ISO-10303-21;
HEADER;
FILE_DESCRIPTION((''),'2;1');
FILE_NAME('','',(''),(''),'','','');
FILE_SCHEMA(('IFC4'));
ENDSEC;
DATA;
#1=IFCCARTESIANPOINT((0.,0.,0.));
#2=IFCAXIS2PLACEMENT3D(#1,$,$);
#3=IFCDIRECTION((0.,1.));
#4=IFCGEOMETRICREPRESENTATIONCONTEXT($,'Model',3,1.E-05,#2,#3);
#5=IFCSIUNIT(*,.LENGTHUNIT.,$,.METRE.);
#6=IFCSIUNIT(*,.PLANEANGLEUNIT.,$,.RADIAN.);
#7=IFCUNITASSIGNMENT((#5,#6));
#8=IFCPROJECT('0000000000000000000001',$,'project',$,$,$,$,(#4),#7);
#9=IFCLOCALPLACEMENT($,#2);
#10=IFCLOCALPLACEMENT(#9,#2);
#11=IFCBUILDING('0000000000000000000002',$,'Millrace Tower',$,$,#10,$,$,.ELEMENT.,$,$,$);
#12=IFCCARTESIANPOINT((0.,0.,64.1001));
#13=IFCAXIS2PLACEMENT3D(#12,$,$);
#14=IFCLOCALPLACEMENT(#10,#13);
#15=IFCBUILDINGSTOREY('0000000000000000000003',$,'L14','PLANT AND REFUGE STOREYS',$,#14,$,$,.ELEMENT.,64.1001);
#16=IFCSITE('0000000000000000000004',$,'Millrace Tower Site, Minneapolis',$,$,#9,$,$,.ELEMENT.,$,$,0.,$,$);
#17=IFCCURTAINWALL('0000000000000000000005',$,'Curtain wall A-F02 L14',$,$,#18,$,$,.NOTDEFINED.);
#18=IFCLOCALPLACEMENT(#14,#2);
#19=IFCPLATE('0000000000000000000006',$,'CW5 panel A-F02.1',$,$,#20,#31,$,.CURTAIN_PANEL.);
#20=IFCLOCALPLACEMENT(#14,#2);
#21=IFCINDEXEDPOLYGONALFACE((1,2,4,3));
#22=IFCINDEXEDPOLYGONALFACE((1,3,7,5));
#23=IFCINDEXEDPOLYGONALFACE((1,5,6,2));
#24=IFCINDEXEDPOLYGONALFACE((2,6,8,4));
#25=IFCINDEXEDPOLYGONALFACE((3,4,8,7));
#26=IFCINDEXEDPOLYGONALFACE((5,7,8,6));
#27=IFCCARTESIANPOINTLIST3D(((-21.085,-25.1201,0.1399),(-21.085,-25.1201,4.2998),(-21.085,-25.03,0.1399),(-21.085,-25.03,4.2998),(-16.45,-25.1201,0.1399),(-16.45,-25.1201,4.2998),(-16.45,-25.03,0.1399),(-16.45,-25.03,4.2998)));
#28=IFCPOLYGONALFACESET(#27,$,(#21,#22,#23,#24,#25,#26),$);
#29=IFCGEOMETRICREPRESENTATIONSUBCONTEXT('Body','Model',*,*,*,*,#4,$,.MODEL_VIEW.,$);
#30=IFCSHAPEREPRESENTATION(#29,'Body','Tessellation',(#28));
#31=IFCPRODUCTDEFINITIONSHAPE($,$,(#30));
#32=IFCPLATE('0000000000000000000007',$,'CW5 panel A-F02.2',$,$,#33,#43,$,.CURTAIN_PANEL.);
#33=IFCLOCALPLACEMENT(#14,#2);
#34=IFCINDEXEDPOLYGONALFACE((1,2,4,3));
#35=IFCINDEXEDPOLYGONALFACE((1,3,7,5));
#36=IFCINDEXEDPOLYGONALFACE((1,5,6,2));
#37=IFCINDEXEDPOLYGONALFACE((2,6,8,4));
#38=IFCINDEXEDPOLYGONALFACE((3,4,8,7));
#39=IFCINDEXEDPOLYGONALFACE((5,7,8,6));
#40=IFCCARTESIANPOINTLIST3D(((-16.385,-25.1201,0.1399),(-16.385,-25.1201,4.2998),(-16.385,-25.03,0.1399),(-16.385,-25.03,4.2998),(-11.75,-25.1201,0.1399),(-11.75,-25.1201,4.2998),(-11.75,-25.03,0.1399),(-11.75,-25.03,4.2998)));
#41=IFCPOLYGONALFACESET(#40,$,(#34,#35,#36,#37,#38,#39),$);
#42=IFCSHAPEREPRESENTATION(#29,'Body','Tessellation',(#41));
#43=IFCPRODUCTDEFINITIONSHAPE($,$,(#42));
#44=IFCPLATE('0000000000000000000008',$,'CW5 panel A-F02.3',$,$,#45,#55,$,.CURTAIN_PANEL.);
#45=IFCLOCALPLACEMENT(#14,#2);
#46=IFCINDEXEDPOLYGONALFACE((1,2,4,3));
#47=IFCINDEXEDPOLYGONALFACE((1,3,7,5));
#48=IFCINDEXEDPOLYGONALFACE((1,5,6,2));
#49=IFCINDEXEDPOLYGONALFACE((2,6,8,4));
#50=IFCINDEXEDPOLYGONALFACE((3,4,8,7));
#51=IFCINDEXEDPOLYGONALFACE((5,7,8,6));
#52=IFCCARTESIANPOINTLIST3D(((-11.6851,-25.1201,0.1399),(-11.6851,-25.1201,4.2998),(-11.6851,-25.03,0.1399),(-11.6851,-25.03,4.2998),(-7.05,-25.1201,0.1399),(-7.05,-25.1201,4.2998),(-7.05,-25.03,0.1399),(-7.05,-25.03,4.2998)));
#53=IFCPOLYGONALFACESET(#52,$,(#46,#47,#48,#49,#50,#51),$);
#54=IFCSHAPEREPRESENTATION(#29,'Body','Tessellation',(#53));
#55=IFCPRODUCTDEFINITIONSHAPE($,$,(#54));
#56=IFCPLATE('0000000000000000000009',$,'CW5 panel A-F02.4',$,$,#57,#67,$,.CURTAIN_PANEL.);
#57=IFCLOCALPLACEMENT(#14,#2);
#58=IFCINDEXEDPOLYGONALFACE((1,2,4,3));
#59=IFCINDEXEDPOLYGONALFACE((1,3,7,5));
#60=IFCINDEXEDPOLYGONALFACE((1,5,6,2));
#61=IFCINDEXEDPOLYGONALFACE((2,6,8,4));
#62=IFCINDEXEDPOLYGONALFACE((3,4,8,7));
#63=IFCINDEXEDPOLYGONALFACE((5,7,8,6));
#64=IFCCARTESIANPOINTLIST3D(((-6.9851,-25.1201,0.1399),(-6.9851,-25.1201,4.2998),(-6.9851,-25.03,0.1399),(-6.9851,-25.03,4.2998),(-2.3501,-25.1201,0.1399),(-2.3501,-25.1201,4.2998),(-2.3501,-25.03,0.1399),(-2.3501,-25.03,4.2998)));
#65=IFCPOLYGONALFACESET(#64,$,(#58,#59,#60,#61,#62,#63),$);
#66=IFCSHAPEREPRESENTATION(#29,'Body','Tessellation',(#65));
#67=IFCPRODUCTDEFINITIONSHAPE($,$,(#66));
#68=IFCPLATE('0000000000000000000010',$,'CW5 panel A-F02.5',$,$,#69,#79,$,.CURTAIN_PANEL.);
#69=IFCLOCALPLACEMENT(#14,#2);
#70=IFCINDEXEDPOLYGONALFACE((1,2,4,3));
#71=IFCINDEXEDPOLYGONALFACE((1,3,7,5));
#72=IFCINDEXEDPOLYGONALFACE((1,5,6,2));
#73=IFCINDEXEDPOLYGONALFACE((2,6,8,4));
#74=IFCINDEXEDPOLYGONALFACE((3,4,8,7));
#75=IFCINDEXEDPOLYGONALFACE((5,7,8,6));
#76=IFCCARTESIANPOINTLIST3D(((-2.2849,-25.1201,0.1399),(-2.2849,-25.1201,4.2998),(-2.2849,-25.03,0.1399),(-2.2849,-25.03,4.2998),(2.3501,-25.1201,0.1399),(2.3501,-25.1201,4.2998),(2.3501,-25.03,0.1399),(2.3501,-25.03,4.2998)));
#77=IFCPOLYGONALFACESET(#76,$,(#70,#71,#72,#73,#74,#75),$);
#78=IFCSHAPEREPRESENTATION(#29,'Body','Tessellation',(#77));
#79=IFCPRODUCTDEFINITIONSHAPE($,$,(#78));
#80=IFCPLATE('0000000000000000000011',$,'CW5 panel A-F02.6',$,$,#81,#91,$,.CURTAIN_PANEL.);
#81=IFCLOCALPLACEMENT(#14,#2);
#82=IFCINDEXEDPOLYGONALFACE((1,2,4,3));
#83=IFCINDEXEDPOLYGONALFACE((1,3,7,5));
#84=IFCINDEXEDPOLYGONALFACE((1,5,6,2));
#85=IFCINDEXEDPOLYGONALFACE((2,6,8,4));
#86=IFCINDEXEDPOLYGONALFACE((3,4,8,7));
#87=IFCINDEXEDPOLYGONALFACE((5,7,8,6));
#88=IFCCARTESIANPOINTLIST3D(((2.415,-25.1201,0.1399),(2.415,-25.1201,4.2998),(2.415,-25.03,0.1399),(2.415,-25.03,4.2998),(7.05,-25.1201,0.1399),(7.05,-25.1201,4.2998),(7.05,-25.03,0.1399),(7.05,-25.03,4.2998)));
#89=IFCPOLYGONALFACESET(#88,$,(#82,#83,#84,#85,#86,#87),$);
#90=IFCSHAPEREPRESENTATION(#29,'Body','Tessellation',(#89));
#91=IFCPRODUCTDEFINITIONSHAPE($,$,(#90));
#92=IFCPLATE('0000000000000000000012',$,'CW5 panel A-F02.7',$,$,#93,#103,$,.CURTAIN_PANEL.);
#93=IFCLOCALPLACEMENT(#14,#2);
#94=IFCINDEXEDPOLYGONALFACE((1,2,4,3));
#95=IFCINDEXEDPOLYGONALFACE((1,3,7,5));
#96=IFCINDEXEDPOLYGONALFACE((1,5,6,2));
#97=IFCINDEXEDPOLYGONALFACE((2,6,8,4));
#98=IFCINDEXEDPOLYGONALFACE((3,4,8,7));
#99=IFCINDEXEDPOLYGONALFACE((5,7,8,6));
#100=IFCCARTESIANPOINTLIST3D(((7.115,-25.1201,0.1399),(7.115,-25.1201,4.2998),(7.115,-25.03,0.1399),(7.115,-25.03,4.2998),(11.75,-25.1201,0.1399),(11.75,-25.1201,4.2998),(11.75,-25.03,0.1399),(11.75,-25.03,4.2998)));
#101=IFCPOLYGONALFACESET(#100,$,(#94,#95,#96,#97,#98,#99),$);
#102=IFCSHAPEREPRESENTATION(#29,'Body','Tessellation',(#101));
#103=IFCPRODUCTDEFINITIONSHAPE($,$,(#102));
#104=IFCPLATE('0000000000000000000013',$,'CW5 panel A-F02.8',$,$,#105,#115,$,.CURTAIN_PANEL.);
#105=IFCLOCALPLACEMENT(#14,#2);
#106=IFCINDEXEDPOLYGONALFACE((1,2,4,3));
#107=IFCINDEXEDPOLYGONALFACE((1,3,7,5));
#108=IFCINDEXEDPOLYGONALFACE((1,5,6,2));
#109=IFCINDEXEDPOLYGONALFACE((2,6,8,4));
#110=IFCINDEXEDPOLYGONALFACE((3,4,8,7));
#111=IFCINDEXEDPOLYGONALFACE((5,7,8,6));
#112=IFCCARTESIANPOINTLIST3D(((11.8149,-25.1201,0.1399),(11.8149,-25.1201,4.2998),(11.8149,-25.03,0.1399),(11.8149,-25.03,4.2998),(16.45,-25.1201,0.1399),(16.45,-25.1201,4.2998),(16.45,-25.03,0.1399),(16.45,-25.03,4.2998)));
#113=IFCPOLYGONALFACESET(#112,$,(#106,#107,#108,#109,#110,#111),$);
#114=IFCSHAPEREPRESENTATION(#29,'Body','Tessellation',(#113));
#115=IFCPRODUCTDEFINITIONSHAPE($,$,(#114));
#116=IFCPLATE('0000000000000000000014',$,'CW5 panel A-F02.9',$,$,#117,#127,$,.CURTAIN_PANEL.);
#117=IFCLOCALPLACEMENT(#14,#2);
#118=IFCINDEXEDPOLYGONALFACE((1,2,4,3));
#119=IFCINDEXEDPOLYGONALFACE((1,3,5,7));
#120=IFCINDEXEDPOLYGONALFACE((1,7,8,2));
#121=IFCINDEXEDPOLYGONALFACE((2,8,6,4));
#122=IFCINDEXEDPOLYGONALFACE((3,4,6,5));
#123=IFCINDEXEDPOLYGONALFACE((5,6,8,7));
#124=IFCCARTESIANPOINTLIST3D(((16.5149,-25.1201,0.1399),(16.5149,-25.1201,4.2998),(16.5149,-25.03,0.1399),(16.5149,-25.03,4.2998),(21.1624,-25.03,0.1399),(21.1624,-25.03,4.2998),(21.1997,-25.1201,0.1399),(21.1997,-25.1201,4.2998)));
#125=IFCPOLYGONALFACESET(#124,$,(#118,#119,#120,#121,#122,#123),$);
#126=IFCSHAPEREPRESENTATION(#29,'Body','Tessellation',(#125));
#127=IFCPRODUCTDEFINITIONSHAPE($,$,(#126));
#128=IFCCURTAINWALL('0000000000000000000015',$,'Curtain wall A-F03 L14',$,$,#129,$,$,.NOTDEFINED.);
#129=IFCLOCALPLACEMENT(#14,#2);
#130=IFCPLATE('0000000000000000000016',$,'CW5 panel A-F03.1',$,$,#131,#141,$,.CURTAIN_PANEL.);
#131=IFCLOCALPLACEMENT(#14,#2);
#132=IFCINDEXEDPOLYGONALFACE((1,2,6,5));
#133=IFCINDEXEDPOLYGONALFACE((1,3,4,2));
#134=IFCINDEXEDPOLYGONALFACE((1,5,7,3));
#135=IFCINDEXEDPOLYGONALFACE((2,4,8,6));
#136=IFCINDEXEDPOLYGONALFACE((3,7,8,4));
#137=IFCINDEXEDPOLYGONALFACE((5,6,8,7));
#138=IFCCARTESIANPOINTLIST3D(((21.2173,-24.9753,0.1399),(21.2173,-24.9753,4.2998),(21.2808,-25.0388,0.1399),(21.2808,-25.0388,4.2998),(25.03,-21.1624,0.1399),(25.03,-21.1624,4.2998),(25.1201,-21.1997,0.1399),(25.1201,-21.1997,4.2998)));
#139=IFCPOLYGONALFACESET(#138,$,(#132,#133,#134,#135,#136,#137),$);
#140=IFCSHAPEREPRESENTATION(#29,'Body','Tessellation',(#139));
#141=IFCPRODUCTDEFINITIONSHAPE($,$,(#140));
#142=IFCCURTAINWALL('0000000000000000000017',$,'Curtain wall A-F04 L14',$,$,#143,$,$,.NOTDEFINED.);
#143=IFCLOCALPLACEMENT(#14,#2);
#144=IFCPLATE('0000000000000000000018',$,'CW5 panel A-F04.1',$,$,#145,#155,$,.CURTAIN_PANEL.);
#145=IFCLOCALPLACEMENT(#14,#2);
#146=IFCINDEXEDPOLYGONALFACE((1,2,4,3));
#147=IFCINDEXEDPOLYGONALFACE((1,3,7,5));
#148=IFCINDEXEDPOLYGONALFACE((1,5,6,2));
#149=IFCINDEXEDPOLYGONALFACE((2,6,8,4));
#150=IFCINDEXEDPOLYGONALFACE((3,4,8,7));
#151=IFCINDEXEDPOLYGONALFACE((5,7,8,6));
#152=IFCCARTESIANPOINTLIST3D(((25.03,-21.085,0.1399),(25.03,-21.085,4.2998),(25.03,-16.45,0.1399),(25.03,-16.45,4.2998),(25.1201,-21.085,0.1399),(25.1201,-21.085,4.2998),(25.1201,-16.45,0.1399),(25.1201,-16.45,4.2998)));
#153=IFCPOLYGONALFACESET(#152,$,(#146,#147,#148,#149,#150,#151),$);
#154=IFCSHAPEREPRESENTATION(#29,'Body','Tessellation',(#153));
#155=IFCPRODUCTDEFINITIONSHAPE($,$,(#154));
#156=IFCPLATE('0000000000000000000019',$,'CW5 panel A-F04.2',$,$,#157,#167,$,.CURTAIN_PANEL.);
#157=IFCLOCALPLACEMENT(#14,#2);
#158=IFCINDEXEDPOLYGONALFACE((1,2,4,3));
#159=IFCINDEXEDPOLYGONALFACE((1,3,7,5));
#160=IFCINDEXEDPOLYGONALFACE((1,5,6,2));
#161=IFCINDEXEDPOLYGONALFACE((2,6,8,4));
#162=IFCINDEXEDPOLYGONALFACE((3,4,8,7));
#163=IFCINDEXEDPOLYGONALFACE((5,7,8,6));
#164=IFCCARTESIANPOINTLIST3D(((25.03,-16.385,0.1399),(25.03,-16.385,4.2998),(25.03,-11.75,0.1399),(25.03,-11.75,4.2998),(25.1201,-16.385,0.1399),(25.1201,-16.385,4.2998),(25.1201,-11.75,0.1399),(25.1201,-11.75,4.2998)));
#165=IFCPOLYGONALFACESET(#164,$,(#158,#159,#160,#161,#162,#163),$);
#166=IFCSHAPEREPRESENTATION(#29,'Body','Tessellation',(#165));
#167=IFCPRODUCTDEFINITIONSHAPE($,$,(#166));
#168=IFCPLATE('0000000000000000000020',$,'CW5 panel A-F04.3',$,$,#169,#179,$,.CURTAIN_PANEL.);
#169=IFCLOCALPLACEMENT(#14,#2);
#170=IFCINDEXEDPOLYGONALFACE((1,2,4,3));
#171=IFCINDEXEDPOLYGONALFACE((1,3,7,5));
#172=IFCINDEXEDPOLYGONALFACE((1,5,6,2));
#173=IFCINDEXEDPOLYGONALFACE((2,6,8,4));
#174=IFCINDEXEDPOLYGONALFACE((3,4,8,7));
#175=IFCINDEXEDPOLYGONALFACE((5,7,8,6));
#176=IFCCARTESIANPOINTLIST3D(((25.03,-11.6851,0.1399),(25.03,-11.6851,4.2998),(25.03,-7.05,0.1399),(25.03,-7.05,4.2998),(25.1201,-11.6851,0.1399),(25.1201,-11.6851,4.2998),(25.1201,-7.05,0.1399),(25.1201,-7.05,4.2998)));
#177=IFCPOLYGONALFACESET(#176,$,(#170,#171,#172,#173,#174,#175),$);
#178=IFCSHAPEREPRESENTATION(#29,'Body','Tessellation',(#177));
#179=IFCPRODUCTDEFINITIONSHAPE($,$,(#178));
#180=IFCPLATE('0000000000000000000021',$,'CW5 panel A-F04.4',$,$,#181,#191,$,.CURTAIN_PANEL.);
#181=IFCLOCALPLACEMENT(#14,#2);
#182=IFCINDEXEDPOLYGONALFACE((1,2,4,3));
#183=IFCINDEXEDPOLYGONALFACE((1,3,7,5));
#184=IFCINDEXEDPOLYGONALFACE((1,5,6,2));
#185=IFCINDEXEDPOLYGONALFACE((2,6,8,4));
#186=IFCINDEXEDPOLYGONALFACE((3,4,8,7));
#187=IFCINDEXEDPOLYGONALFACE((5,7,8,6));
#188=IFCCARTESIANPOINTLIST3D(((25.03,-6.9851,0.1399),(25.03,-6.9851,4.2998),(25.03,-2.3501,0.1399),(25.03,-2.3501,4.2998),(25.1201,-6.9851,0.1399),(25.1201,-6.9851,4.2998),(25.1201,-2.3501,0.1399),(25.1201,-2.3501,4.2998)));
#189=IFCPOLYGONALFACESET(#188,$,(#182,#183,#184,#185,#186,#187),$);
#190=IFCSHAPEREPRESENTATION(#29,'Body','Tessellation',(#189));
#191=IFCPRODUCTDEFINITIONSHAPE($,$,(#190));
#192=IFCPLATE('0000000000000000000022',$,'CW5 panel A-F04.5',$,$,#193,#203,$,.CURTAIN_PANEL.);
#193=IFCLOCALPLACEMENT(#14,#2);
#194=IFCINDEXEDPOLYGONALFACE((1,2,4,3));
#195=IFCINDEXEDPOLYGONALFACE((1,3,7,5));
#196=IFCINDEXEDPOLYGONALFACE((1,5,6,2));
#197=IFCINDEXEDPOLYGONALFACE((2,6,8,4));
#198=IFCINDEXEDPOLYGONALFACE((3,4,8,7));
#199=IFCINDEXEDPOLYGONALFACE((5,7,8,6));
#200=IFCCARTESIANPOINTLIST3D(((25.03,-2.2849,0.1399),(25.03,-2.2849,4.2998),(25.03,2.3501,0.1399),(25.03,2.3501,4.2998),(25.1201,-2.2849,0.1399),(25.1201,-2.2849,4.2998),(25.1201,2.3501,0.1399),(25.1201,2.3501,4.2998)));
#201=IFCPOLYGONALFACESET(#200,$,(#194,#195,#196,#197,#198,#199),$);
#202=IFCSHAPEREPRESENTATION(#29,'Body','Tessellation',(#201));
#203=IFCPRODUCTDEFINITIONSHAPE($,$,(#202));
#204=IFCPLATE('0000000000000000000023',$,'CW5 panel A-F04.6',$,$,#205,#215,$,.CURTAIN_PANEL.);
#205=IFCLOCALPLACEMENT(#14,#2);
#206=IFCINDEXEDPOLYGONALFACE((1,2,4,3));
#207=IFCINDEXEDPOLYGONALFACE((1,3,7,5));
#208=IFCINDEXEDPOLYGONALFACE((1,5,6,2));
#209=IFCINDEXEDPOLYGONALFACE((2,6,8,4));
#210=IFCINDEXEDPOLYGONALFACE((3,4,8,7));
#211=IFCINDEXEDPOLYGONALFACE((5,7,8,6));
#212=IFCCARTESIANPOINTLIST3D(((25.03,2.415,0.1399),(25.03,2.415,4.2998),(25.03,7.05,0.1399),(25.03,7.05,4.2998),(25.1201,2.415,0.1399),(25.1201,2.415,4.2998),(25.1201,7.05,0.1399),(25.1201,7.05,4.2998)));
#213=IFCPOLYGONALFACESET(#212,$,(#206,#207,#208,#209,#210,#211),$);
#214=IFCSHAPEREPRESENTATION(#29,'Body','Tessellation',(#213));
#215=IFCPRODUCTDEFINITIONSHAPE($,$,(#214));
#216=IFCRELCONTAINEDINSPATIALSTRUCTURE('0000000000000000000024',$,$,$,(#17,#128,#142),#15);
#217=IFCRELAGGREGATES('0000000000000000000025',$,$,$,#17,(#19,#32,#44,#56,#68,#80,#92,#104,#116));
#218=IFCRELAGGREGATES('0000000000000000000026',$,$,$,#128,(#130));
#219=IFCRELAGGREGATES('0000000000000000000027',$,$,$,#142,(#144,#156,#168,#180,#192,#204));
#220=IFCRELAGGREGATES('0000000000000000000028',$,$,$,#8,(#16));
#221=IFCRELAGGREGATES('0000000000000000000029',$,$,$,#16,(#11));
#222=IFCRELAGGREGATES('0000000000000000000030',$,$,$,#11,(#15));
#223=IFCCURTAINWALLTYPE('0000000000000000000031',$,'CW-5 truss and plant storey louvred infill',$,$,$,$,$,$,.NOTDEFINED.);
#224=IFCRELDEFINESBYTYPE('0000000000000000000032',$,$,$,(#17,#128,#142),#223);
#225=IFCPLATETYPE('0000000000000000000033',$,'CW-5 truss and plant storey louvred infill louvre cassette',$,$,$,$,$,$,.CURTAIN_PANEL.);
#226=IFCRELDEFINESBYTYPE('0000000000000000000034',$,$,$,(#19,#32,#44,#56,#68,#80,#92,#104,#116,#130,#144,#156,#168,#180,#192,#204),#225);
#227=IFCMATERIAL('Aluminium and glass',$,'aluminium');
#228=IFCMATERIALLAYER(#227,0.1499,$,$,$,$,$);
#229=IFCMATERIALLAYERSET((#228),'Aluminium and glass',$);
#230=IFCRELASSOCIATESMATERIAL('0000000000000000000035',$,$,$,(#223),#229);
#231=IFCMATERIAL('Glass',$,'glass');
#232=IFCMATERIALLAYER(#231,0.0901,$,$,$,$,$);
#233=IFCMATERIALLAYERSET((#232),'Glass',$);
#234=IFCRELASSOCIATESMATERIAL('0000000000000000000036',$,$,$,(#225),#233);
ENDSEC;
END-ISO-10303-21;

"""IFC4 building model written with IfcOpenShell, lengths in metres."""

from ifc_helpers import new_model, si_unit, direction, frame, origin, place, context, subcontext, project, spatial, polyline, outline, extrude, material, layer, layer_set, type_object, element, aggregate, save


model = new_model("IFC4")

# Units and contexts
model_context = context("Model", 3, precision=1e-05, world=origin(), true_north=direction((0.0, 1.0)))
body_context = subcontext(model_context, "Body", "Model", "MODEL_VIEW")
ifc_project = project(units=[si_unit("LENGTHUNIT", "METRE"), si_unit("PLANEANGLEUNIT", "RADIAN")], contexts=[model_context])

# Site, building, storey
site_placement = place(None, origin())
site = spatial("IfcSite", under=ifc_project, at=site_placement, Name="Millrace Tower Site, Minneapolis", CompositionType="ELEMENT", RefElevation=0.0)
building_placement = place(site_placement, origin())
building = spatial("IfcBuilding", under=site, at=building_placement, Name="Millrace Tower", CompositionType="ELEMENT")
storey_placement = place(building_placement, frame((0.0, 0.0, 64.1001)))
storey = spatial("IfcBuildingStorey", under=building, at=storey_placement, Name="L14", Description="PLANT AND REFUGE STOREYS", CompositionType="ELEMENT", Elevation=64.1001)

# Curtain wall, plates
ifc_material_1 = material(Name="Aluminium and glass", Category="aluminium")
ifc_layer_1 = layer(ifc_material_1, 0.1499)
ifc_layer_set_1 = layer_set([ifc_layer_1], Name="Aluminium and glass")
curtain_wall_type = type_object("IfcCurtainWallType", Name="CW-5 truss and plant storey louvred infill", PredefinedType="NOTDEFINED", material=ifc_layer_set_1)
placement_1 = place(storey_placement, origin())
curtain_wall_1 = element("IfcCurtainWall", 1, at=placement_1, inside=storey, type_object=curtain_wall_type, Name="Curtain wall A-F02 L14", PredefinedType="NOTDEFINED")
ifc_material_2 = material(Name="Glass", Category="glass")
ifc_layer_2 = layer(ifc_material_2, 0.0901)
ifc_layer_set_2 = layer_set([ifc_layer_2], Name="Glass")
plate_type = type_object("IfcPlateType", Name="CW-5 truss and plant storey louvred infill louvre cassette", PredefinedType="CURTAIN_PANEL", material=ifc_layer_set_2)
placement_2 = place(storey_placement, frame((0.0, 0.0, 0.1399)))
plate_1 = element("IfcPlate", 2, at=placement_2, type_object=plate_type, Name="CW5 panel A-F02.1", PredefinedType="CURTAIN_PANEL", context=body_context, shape_type="SweptSolid", body=[
    extrude(outline(polyline([(-21.085, -25.1201), (-16.45, -25.1201), (-16.45, -25.03), (-21.085, -25.03), (-21.085, -25.1201)])), origin(), (0.0, 0.0, 1.0), 4.1599),
])
plate_2 = element("IfcPlate", 3, at=placement_2, type_object=plate_type, Name="CW5 panel A-F02.2", PredefinedType="CURTAIN_PANEL", context=body_context, shape_type="SweptSolid", body=[
    extrude(outline(polyline([(-16.385, -25.1201), (-11.75, -25.1201), (-11.75, -25.03), (-16.385, -25.03), (-16.385, -25.1201)])), origin(), (0.0, 0.0, 1.0), 4.1599),
])
plate_3 = element("IfcPlate", 4, at=placement_2, type_object=plate_type, Name="CW5 panel A-F02.3", PredefinedType="CURTAIN_PANEL", context=body_context, shape_type="SweptSolid", body=[
    extrude(outline(polyline([(-11.6851, -25.1201), (-7.05, -25.1201), (-7.05, -25.03), (-11.6851, -25.03), (-11.6851, -25.1201)])), origin(), (0.0, 0.0, 1.0), 4.1599),
])
plate_4 = element("IfcPlate", 5, at=placement_2, type_object=plate_type, Name="CW5 panel A-F02.4", PredefinedType="CURTAIN_PANEL", context=body_context, shape_type="SweptSolid", body=[
    extrude(outline(polyline([(-6.9851, -25.1201), (-2.3501, -25.1201), (-2.3501, -25.03), (-6.9851, -25.03), (-6.9851, -25.1201)])), origin(), (0.0, 0.0, 1.0), 4.1599),
])
plate_5 = element("IfcPlate", 6, at=placement_2, type_object=plate_type, Name="CW5 panel A-F02.5", PredefinedType="CURTAIN_PANEL", context=body_context, shape_type="SweptSolid", body=[
    extrude(outline(polyline([(-2.2849, -25.1201), (2.3501, -25.1201), (2.3501, -25.03), (-2.2849, -25.03), (-2.2849, -25.1201)])), origin(), (0.0, 0.0, 1.0), 4.1599),
])
plate_6 = element("IfcPlate", 7, at=placement_2, type_object=plate_type, Name="CW5 panel A-F02.6", PredefinedType="CURTAIN_PANEL", context=body_context, shape_type="SweptSolid", body=[
    extrude(outline(polyline([(2.415, -25.1201), (7.05, -25.1201), (7.05, -25.03), (2.415, -25.03), (2.415, -25.1201)])), origin(), (0.0, 0.0, 1.0), 4.1599),
])
plate_7 = element("IfcPlate", 8, at=placement_2, type_object=plate_type, Name="CW5 panel A-F02.7", PredefinedType="CURTAIN_PANEL", context=body_context, shape_type="SweptSolid", body=[
    extrude(outline(polyline([(7.115, -25.1201), (11.75, -25.1201), (11.75, -25.03), (7.115, -25.03), (7.115, -25.1201)])), origin(), (0.0, 0.0, 1.0), 4.1599),
])
plate_8 = element("IfcPlate", 9, at=placement_2, type_object=plate_type, Name="CW5 panel A-F02.8", PredefinedType="CURTAIN_PANEL", context=body_context, shape_type="SweptSolid", body=[
    extrude(outline(polyline([(11.8149, -25.1201), (16.45, -25.1201), (16.45, -25.03), (11.8149, -25.03), (11.8149, -25.1201)])), origin(), (0.0, 0.0, 1.0), 4.1599),
])
plate_9 = element("IfcPlate", 10, at=placement_2, type_object=plate_type, Name="CW5 panel A-F02.9", PredefinedType="CURTAIN_PANEL", context=body_context, shape_type="SweptSolid", body=[
    extrude(outline(polyline([(16.5149, -25.1201), (21.1997, -25.1201), (21.1624, -25.03), (16.5149, -25.03), (16.5149, -25.1201)])), origin(), (0.0, 0.0, 1.0), 4.1599),
])
aggregate(curtain_wall_1, [plate_1, plate_2, plate_3, plate_4, plate_5, plate_6, plate_7, plate_8, plate_9])

# Curtain wall, plate
curtain_wall_2 = element("IfcCurtainWall", 11, at=placement_1, inside=storey, type_object=curtain_wall_type, Name="Curtain wall A-F03 L14", PredefinedType="NOTDEFINED")
plate_10 = element("IfcPlate", 12, at=placement_2, type_object=plate_type, Name="CW5 panel A-F03.1", PredefinedType="CURTAIN_PANEL", context=body_context, shape_type="SweptSolid", body=[
    extrude(outline(polyline([(21.2808, -25.0388), (25.1201, -21.1997), (25.03, -21.1624), (21.2173, -24.9753), (21.2808, -25.0388)])), origin(), (0.0, 0.0, 1.0), 4.1599),
])
aggregate(curtain_wall_2, [plate_10])

# Curtain wall, plates
curtain_wall_3 = element("IfcCurtainWall", 13, at=placement_1, inside=storey, type_object=curtain_wall_type, Name="Curtain wall A-F04 L14", PredefinedType="NOTDEFINED")
plate_11 = element("IfcPlate", 14, at=placement_2, type_object=plate_type, Name="CW5 panel A-F04.1", PredefinedType="CURTAIN_PANEL", context=body_context, shape_type="SweptSolid", body=[
    extrude(outline(polyline([(25.1201, -21.085), (25.1201, -16.45), (25.03, -16.45), (25.03, -21.085), (25.1201, -21.085)])), origin(), (0.0, 0.0, 1.0), 4.1599),
])
plate_12 = element("IfcPlate", 15, at=placement_2, type_object=plate_type, Name="CW5 panel A-F04.2", PredefinedType="CURTAIN_PANEL", context=body_context, shape_type="SweptSolid", body=[
    extrude(outline(polyline([(25.1201, -16.385), (25.1201, -11.75), (25.03, -11.75), (25.03, -16.385), (25.1201, -16.385)])), origin(), (0.0, 0.0, 1.0), 4.1599),
])
plate_13 = element("IfcPlate", 16, at=placement_2, type_object=plate_type, Name="CW5 panel A-F04.3", PredefinedType="CURTAIN_PANEL", context=body_context, shape_type="SweptSolid", body=[
    extrude(outline(polyline([(25.1201, -11.6851), (25.1201, -7.05), (25.03, -7.05), (25.03, -11.6851), (25.1201, -11.6851)])), origin(), (0.0, 0.0, 1.0), 4.1599),
])
plate_14 = element("IfcPlate", 17, at=placement_2, type_object=plate_type, Name="CW5 panel A-F04.4", PredefinedType="CURTAIN_PANEL", context=body_context, shape_type="SweptSolid", body=[
    extrude(outline(polyline([(25.1201, -6.9851), (25.1201, -2.3501), (25.03, -2.3501), (25.03, -6.9851), (25.1201, -6.9851)])), origin(), (0.0, 0.0, 1.0), 4.1599),
])
plate_15 = element("IfcPlate", 18, at=placement_2, type_object=plate_type, Name="CW5 panel A-F04.5", PredefinedType="CURTAIN_PANEL", context=body_context, shape_type="SweptSolid", body=[
    extrude(outline(polyline([(25.1201, -2.2849), (25.1201, 2.3501), (25.03, 2.3501), (25.03, -2.2849), (25.1201, -2.2849)])), origin(), (0.0, 0.0, 1.0), 4.1599),
])
plate_16 = element("IfcPlate", 19, at=placement_2, type_object=plate_type, Name="CW5 panel A-F04.6", PredefinedType="CURTAIN_PANEL", context=body_context, shape_type="SweptSolid", body=[
    extrude(outline(polyline([(25.1201, 2.415), (25.1201, 7.05), (25.03, 7.05), (25.03, 2.415), (25.1201, 2.415)])), origin(), (0.0, 0.0, 1.0), 4.1599),
])
aggregate(curtain_wall_3, [plate_11, plate_12, plate_13, plate_14, plate_15, plate_16])

save(model, "model.ifc")
